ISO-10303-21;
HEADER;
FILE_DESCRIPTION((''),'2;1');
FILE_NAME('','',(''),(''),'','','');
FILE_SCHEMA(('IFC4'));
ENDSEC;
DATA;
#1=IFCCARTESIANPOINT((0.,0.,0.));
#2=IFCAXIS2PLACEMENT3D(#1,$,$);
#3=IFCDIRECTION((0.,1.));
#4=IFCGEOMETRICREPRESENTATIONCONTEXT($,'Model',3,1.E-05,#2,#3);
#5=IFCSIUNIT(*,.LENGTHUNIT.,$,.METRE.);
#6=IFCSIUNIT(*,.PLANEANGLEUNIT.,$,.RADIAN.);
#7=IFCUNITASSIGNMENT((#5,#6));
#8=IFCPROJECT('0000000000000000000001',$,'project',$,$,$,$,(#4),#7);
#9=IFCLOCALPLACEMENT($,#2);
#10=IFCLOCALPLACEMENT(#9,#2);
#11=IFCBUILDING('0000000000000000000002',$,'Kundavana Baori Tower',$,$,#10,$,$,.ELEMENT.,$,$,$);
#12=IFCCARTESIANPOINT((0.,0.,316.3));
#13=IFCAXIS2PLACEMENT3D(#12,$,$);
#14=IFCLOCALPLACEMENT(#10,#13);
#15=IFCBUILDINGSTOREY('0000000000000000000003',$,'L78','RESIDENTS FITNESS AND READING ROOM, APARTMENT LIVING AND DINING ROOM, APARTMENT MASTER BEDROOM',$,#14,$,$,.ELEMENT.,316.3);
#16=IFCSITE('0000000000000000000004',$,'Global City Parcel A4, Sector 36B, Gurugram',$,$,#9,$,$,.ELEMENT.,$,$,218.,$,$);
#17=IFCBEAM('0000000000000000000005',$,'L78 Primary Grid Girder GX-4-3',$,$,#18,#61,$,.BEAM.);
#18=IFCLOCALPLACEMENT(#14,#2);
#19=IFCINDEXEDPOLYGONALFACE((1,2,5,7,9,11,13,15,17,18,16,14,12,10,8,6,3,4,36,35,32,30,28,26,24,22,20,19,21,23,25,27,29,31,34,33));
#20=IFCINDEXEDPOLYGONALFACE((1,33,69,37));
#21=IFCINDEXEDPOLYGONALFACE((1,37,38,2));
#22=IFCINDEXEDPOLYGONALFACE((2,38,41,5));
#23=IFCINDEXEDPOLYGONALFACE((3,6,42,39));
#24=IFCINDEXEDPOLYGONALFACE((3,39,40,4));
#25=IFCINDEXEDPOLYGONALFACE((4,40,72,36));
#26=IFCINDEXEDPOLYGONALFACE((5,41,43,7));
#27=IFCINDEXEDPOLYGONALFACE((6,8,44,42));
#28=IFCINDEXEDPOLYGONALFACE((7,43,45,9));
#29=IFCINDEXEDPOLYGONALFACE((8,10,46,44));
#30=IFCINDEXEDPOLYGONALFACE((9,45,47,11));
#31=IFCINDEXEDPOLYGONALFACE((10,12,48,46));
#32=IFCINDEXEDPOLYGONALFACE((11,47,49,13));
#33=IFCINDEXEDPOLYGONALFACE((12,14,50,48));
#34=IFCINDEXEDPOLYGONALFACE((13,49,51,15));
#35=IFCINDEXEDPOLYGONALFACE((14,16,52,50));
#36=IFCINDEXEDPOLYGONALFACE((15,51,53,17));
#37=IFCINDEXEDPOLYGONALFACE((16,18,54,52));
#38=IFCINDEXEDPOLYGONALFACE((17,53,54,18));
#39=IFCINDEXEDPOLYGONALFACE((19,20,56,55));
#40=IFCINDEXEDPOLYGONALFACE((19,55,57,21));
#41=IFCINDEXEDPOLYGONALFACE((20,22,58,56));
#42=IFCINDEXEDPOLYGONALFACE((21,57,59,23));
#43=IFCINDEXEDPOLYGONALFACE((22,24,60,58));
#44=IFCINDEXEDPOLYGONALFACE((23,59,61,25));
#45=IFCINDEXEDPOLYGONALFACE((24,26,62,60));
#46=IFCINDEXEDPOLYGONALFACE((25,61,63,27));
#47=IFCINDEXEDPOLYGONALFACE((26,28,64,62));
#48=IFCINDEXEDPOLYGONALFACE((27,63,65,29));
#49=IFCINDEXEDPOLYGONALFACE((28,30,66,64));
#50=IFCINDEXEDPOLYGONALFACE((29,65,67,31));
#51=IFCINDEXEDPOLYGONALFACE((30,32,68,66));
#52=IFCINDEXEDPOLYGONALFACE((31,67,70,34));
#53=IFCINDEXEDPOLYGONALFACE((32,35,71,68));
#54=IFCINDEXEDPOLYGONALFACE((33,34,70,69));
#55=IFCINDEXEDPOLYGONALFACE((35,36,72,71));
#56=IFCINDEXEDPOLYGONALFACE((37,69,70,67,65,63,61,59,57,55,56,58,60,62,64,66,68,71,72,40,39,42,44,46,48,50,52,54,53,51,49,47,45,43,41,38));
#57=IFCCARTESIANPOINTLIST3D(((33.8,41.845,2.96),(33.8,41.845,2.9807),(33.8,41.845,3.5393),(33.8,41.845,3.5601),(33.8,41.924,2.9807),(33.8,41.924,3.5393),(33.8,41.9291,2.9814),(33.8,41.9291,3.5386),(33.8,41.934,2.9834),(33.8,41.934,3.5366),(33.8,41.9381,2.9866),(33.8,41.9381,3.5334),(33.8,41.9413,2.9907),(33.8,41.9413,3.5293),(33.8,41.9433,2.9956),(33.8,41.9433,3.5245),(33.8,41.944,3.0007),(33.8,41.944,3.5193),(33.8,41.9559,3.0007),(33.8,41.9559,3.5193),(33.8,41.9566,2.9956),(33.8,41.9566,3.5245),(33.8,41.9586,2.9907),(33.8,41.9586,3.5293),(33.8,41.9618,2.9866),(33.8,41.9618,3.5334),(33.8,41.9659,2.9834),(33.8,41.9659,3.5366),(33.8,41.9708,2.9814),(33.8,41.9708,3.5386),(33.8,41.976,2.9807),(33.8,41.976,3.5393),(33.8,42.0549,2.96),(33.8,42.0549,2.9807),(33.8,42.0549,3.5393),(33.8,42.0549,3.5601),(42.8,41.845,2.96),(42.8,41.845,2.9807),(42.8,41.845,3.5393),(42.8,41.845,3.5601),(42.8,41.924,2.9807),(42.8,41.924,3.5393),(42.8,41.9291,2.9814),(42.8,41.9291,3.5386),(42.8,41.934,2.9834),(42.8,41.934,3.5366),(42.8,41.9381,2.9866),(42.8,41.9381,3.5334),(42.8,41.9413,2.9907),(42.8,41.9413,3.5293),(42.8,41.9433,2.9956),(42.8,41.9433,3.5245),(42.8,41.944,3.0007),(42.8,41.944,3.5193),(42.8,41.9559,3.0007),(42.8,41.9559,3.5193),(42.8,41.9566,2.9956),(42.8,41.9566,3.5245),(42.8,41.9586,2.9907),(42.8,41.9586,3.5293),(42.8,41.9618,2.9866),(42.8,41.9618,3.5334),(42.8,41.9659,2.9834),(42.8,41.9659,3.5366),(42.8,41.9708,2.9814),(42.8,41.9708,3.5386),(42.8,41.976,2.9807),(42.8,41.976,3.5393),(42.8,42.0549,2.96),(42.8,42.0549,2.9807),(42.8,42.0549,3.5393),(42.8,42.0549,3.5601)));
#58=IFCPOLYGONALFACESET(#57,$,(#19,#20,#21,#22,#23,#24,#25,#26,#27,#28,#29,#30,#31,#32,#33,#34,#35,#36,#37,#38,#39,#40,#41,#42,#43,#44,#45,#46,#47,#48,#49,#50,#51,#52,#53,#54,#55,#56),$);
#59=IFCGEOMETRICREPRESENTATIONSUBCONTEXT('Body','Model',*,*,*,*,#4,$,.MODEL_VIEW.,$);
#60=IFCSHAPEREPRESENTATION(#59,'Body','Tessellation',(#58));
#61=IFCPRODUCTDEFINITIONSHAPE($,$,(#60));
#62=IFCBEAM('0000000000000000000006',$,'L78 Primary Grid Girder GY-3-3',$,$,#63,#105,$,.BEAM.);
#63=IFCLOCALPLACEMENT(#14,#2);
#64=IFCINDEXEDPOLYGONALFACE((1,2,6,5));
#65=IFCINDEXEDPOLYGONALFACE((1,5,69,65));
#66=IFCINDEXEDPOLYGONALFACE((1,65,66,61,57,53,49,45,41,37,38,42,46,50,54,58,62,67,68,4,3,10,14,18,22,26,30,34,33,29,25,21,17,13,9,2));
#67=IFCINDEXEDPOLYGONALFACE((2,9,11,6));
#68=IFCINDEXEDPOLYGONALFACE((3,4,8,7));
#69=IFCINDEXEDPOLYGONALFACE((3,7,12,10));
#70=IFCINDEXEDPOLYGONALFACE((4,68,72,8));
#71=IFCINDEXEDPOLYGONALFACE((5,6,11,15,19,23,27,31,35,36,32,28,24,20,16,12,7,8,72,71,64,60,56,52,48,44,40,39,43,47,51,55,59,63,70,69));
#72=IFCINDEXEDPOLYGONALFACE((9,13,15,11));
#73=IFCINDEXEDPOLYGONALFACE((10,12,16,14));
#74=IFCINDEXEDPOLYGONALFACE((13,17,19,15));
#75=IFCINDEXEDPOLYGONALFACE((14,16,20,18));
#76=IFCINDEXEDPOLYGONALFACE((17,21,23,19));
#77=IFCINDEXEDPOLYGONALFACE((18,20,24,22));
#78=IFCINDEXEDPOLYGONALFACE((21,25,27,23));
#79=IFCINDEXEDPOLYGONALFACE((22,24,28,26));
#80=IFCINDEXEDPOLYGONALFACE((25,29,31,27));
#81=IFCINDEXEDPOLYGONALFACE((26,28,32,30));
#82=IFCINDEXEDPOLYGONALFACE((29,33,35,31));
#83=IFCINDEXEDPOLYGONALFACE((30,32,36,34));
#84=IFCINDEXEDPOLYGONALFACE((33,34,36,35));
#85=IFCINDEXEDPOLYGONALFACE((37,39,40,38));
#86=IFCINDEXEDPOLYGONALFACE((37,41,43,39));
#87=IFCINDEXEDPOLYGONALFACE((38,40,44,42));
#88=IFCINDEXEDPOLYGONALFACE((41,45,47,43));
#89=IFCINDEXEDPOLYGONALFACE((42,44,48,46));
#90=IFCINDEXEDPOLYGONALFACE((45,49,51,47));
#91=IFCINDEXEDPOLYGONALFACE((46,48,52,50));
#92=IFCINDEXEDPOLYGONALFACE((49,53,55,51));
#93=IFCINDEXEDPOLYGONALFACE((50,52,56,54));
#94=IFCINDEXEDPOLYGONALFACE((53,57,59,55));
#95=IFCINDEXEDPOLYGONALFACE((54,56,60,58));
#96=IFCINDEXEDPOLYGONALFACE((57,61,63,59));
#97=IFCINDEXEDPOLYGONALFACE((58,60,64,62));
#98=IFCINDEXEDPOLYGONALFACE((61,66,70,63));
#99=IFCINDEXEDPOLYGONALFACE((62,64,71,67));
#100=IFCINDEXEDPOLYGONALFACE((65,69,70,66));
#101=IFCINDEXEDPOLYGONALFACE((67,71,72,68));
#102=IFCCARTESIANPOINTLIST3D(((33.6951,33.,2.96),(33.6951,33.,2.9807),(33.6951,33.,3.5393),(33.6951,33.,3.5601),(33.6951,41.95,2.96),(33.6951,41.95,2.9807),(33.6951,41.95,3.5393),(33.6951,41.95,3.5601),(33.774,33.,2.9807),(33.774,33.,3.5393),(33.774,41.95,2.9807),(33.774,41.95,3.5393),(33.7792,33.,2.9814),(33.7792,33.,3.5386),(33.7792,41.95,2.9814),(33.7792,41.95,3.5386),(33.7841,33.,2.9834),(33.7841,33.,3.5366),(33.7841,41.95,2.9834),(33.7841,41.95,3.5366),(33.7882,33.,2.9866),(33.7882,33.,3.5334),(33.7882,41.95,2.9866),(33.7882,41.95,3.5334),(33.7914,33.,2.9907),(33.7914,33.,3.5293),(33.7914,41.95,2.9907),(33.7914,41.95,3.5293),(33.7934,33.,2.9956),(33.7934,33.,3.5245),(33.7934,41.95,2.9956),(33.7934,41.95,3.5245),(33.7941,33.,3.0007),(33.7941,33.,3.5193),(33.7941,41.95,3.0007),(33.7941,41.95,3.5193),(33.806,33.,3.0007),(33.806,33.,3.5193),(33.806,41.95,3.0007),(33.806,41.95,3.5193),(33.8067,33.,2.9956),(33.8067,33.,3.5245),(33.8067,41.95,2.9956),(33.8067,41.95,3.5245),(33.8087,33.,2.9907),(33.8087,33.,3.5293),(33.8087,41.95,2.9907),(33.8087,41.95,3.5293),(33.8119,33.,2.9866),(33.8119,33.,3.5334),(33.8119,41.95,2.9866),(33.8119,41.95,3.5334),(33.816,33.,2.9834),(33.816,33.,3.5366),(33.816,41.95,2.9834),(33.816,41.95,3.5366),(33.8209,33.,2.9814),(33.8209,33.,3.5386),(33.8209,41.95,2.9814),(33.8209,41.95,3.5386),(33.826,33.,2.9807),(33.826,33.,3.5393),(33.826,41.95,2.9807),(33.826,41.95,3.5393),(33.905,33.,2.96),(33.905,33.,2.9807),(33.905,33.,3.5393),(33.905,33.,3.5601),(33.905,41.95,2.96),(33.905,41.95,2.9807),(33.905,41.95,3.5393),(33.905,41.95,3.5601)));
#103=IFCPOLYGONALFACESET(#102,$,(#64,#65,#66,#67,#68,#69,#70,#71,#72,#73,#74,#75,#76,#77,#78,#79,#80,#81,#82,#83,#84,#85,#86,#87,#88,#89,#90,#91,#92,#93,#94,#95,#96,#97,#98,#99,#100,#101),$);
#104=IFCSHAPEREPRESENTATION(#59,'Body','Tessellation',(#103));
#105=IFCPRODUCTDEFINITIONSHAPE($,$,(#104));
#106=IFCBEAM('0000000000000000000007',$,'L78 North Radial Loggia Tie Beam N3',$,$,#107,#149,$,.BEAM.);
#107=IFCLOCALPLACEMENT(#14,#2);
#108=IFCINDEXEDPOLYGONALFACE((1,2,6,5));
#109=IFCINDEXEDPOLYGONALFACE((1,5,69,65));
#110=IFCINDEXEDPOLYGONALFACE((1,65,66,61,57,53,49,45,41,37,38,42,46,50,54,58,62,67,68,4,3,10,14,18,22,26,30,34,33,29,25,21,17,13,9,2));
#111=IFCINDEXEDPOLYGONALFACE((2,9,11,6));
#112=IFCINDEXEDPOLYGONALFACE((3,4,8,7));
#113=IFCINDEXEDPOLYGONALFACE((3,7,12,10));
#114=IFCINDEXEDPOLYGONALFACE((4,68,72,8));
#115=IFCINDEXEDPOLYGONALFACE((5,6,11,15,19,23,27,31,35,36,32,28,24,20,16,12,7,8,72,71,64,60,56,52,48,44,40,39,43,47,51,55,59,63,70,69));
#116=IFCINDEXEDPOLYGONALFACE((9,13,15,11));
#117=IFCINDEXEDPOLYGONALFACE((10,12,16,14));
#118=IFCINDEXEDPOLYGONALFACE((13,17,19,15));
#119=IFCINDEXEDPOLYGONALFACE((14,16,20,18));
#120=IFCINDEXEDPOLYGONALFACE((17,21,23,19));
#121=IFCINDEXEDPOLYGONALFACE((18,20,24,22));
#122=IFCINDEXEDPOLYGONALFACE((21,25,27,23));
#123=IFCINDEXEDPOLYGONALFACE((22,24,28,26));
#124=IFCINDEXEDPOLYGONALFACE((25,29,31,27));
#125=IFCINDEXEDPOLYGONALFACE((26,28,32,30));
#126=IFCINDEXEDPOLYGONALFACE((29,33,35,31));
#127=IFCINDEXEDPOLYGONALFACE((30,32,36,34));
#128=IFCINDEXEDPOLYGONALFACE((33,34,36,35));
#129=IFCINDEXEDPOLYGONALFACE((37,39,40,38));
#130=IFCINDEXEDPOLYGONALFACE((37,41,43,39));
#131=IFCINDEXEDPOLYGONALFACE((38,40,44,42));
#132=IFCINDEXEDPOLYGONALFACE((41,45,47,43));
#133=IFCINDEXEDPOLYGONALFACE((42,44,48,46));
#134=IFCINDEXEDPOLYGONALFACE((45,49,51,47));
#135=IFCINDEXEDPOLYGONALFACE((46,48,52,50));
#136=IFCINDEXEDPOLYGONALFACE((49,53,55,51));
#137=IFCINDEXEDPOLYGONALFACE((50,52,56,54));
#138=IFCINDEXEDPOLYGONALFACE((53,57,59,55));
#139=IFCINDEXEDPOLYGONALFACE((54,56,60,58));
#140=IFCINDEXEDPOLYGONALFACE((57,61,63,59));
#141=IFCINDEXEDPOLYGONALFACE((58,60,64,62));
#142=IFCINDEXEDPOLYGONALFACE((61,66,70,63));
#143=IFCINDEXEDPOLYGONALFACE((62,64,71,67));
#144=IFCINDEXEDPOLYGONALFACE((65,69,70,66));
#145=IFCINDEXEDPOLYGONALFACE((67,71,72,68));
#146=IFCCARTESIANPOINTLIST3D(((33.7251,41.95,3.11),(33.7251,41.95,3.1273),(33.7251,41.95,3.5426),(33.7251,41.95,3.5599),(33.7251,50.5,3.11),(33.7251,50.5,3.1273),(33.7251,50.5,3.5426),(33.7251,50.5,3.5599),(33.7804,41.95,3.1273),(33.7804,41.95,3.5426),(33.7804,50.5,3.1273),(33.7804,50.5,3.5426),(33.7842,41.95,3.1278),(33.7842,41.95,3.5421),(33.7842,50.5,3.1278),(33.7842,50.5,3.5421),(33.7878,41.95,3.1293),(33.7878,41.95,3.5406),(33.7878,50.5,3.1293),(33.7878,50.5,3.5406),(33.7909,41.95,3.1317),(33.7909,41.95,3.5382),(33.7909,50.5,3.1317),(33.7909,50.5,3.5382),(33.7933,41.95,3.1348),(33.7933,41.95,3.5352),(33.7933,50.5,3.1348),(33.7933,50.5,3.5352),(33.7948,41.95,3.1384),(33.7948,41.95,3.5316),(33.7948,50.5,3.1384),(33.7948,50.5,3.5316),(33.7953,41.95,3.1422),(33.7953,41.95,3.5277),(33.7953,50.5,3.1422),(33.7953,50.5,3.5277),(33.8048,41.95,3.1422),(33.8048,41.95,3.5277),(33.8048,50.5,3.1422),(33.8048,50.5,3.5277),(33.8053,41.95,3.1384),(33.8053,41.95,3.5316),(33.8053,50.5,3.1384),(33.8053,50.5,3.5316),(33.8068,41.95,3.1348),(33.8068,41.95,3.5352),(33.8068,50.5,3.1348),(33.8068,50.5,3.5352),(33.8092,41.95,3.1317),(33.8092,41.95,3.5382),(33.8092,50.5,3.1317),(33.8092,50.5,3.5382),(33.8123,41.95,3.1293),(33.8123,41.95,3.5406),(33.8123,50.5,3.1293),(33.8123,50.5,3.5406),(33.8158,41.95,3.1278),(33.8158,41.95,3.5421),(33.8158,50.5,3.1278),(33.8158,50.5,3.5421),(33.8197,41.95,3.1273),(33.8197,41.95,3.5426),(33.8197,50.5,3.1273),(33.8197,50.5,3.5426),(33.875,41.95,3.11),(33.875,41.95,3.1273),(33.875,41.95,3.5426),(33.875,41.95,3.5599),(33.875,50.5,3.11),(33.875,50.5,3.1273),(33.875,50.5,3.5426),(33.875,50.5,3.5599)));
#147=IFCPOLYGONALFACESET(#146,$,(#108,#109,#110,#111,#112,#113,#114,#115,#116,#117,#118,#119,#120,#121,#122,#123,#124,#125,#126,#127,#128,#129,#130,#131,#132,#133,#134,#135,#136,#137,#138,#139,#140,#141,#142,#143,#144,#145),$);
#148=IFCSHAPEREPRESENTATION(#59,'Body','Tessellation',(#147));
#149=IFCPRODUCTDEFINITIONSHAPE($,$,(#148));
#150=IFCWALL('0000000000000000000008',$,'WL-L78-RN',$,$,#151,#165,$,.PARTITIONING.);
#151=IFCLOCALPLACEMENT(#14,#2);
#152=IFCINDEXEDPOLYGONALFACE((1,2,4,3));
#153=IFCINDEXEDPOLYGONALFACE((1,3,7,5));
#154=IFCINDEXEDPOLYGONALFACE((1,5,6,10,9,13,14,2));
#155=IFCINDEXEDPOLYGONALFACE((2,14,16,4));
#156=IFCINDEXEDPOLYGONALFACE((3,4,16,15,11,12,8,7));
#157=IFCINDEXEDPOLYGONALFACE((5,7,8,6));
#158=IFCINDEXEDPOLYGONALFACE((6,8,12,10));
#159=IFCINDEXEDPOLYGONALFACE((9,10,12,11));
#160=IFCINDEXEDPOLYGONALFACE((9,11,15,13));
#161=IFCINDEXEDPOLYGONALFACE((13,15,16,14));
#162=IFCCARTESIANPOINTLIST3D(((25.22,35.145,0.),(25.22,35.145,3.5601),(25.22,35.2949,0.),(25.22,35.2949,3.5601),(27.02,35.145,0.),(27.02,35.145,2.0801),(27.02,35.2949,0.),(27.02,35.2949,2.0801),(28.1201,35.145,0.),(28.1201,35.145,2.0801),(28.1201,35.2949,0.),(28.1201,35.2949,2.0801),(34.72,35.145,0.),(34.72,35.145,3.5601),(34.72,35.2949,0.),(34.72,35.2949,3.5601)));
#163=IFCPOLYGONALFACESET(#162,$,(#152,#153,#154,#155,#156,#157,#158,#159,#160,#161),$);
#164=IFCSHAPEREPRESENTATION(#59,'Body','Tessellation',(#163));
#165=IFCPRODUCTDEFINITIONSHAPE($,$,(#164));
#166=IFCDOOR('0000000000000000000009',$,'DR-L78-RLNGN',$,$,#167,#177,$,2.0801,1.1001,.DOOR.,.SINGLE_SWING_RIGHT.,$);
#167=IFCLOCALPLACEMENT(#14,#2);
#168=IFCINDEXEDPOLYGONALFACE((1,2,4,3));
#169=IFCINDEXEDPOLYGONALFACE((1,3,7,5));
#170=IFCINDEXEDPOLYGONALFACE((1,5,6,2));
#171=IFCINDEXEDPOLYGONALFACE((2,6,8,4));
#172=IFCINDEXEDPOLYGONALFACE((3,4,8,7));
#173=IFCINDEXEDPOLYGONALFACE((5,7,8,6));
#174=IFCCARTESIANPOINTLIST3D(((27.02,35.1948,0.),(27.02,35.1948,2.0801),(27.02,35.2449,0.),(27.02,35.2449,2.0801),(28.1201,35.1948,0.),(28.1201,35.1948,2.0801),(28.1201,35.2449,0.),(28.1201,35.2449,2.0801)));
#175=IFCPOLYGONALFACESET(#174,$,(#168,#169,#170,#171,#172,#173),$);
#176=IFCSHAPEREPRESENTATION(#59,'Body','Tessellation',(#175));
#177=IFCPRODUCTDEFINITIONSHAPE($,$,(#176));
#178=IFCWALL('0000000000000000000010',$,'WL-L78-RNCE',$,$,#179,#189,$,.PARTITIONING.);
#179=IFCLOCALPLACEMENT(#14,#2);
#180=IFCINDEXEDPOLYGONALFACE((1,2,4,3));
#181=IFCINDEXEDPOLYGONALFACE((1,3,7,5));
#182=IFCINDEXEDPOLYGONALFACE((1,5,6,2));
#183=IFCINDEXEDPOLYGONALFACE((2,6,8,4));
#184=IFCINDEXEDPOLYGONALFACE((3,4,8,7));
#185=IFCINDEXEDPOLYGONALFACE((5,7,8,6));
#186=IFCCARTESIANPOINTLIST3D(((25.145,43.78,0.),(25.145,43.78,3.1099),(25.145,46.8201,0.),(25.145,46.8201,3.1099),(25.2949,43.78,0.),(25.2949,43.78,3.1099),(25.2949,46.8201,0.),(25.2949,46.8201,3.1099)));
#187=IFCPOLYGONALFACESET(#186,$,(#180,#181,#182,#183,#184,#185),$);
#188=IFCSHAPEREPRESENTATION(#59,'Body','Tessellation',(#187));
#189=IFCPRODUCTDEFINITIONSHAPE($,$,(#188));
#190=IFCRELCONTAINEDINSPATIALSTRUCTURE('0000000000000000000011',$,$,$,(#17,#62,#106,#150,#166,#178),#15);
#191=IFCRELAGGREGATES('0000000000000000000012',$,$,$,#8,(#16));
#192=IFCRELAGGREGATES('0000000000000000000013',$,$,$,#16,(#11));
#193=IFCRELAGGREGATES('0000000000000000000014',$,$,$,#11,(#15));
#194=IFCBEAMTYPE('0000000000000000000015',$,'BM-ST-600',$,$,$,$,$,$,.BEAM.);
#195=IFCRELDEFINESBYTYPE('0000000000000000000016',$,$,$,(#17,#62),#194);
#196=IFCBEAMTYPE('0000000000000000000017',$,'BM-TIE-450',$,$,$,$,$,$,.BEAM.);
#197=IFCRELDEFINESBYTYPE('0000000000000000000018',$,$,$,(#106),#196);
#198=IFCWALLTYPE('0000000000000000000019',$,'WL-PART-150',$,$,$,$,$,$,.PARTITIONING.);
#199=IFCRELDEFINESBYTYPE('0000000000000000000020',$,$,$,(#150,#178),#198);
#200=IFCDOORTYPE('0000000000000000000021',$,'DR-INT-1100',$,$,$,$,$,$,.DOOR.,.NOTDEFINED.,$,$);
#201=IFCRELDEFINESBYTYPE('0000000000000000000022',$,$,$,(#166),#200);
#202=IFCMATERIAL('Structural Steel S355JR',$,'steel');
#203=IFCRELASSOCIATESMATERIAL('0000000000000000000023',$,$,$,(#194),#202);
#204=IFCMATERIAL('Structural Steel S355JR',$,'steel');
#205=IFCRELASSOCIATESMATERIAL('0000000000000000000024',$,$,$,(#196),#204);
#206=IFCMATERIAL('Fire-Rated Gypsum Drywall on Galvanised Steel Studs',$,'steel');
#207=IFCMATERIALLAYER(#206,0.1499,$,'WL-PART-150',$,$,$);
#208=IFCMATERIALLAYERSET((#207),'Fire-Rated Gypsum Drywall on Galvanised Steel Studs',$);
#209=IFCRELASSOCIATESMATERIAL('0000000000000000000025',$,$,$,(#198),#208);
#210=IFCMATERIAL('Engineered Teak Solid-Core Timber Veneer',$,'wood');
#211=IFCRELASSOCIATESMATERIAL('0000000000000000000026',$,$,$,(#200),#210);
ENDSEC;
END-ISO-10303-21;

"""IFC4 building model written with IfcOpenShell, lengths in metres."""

from ifc_helpers import new_model, si_unit, direction, frame, frame_2d, origin, origin_2d, place, context, subcontext, project, spatial, rectangle, i_section, extrude, material, layer, layer_set, material_profile, profile_set, type_object, element, fill, save


model = new_model("IFC4")

# Units and contexts
model_context = context("Model", 3, precision=1e-05, world=origin(), true_north=direction((0.0, 1.0)))
body_context = subcontext(model_context, "Body", "Model", "MODEL_VIEW")
ifc_project = project(units=[si_unit("LENGTHUNIT", "METRE"), si_unit("PLANEANGLEUNIT", "RADIAN")], contexts=[model_context])

# Site, building, storey
site_placement = place(None, origin())
site = spatial("IfcSite", under=ifc_project, at=site_placement, Name="Global City Parcel A4, Sector 36B, Gurugram", CompositionType="ELEMENT", RefElevation=218.0)
building_placement = place(site_placement, origin())
building = spatial("IfcBuilding", under=site, at=building_placement, Name="Kundavana Baori Tower", CompositionType="ELEMENT")
storey_placement = place(building_placement, frame((0.0, 0.0, 316.3)))
storey = spatial("IfcBuildingStorey", under=building, at=storey_placement, Name="L78", Description="RESIDENTS FITNESS AND READING ROOM, APARTMENT LIVING AND DINING ROOM, APARTMENT MASTER BEDROOM", CompositionType="ELEMENT", Elevation=316.3)

# Beams
ifc_material_1 = material(Name="Structural Steel S355JR", Category="steel")
ifc_material_profile_1 = material_profile(ifc_material_1, i_section(OverallWidth=0.21, OverallDepth=0.6001, WebThickness=0.012, FlangeThickness=0.0208, FilletRadius=0.02, at=origin_2d()), Name="ISMB 600")
ifc_profile_set_1 = profile_set([ifc_material_profile_1], Name="Structural Steel S355JR")
beam_type_1 = type_object("IfcBeamType", Name="BM-ST-600", PredefinedType="BEAM", material=ifc_profile_set_1)
beam_1_placement = place(storey_placement, frame((33.8, 41.95, 3.26), z_axis=(1.0, 0.0, 0.0), x_axis=(0.0, 1.0, 0.0)))
element("IfcBeam", 1, at=beam_1_placement, inside=storey, type_object=beam_type_1, Name="L78 Primary Grid Girder GX-4-3", PredefinedType="BEAM", context=body_context, shape_type="SweptSolid", body=[
    extrude(i_section(OverallWidth=0.21, OverallDepth=0.6001, WebThickness=0.012, FlangeThickness=0.0208, FilletRadius=0.02, at=origin_2d()), origin(), (0.0, 0.0, 1.0), 9.0),
])
beam_2_placement = place(storey_placement, frame((33.8, 33.0, 3.26), z_axis=(0.0, 1.0, 0.0), x_axis=(-1.0, 0.0, 0.0)))
element("IfcBeam", 2, at=beam_2_placement, inside=storey, type_object=beam_type_1, Name="L78 Primary Grid Girder GY-3-3", PredefinedType="BEAM", context=body_context, shape_type="SweptSolid", body=[
    extrude(i_section(OverallWidth=0.21, OverallDepth=0.6001, WebThickness=0.012, FlangeThickness=0.0208, FilletRadius=0.02, at=origin_2d()), origin(), (0.0, 0.0, 1.0), 8.95),
])
ifc_material_2 = material(Name="Structural Steel S355JR", Category="steel")
ifc_material_profile_2 = material_profile(ifc_material_2, i_section(OverallWidth=0.1499, OverallDepth=0.45, WebThickness=0.0095, FlangeThickness=0.0173, FilletRadius=0.0149, at=origin_2d()), Name="ISMB 450")
ifc_profile_set_2 = profile_set([ifc_material_profile_2], Name="Structural Steel S355JR")
beam_type_2 = type_object("IfcBeamType", Name="BM-TIE-450", PredefinedType="BEAM", material=ifc_profile_set_2)
beam_3_placement = place(storey_placement, frame((33.8, 41.95, 3.335), z_axis=(0.0, 1.0, 0.0), x_axis=(-1.0, 0.0, 0.0)))
element("IfcBeam", 3, at=beam_3_placement, inside=storey, type_object=beam_type_2, Name="L78 North Radial Loggia Tie Beam N3", PredefinedType="BEAM", context=body_context, shape_type="SweptSolid", body=[
    extrude(i_section(OverallWidth=0.1499, OverallDepth=0.45, WebThickness=0.0095, FlangeThickness=0.0173, FilletRadius=0.0149, at=origin_2d()), origin(), (0.0, 0.0, 1.0), 8.55),
])

# Wall, opening, door
ifc_material_3 = material(Name="Fire-Rated Gypsum Drywall on Galvanised Steel Studs", Category="steel")
ifc_layer_1 = layer(ifc_material_3, 0.1499, Name="WL-PART-150")
ifc_layer_set_1 = layer_set([ifc_layer_1], Name="Fire-Rated Gypsum Drywall on Galvanised Steel Studs")
wall_type_1 = type_object("IfcWallType", Name="WL-PART-150", PredefinedType="PARTITIONING", material=ifc_layer_set_1)
wall_1_placement = place(storey_placement, frame((25.22, 35.22, 0.0), z_axis=(0.0, 0.0, 1.0), x_axis=(1.0, 0.0, 0.0)))
wall_1 = element("IfcWall", 4, at=wall_1_placement, inside=storey, type_object=wall_type_1, Name="WL-L78-RN", PredefinedType="PARTITIONING", context=body_context, shape_type="SweptSolid", body=[
    extrude(rectangle(XDim=9.5, YDim=0.1499, at=frame_2d((4.75, 0.0))), origin(), (0.0, 0.0, 1.0), 3.5601),
])
opening_1_placement = place(wall_1_placement, frame((1.8, 0.0, 0.0)))
opening_1 = element("IfcOpeningElement", 5, at=opening_1_placement, cuts=wall_1, PredefinedType="OPENING", context=body_context, shape_type="SweptSolid", body=[
    extrude(rectangle(XDim=1.1001, YDim=2.0801, at=frame_2d((0.55, 1.04))), frame((0.0, 0.085, 0.0), z_axis=(0.0, -1.0, 0.0), x_axis=(1.0, 0.0, 0.0)), (0.0, 0.0, 1.0), 0.1699),
])
ifc_material_4 = material(Name="Engineered Teak Solid-Core Timber Veneer", Category="wood")
door_type_1 = type_object("IfcDoorType", Name="DR-INT-1100", OperationType="NOTDEFINED", PredefinedType="DOOR", material=ifc_material_4)
door_1_placement = place(opening_1_placement, origin())
door_1 = element("IfcDoor", 6, at=door_1_placement, inside=storey, type_object=door_type_1, Name="DR-L78-RLNGN", OperationType="SINGLE_SWING_RIGHT", OverallHeight=2.0801, OverallWidth=1.1001, PredefinedType="DOOR", context=body_context, shape_type="SweptSolid", body=[
    extrude(rectangle(XDim=1.1001, YDim=2.0801, at=frame_2d((0.55, 1.04))), frame((0.0, 0.0249, 0.0), z_axis=(0.0, -1.0, 0.0), x_axis=(1.0, 0.0, 0.0)), (0.0, 0.0, 1.0), 0.05),
])
fill(opening_1, door_1)

# Wall
wall_2_placement = place(storey_placement, frame((25.22, 43.78, 0.0), z_axis=(0.0, 0.0, 1.0), x_axis=(0.0, 1.0, 0.0)))
element("IfcWall", 7, at=wall_2_placement, inside=storey, type_object=wall_type_1, Name="WL-L78-RNCE", PredefinedType="PARTITIONING", context=body_context, shape_type="SweptSolid", body=[
    extrude(rectangle(XDim=3.04, YDim=0.1499, at=frame_2d((1.52, 0.0))), origin(), (0.0, 0.0, 1.0), 3.1099),
])

save(model, "model.ifc")
